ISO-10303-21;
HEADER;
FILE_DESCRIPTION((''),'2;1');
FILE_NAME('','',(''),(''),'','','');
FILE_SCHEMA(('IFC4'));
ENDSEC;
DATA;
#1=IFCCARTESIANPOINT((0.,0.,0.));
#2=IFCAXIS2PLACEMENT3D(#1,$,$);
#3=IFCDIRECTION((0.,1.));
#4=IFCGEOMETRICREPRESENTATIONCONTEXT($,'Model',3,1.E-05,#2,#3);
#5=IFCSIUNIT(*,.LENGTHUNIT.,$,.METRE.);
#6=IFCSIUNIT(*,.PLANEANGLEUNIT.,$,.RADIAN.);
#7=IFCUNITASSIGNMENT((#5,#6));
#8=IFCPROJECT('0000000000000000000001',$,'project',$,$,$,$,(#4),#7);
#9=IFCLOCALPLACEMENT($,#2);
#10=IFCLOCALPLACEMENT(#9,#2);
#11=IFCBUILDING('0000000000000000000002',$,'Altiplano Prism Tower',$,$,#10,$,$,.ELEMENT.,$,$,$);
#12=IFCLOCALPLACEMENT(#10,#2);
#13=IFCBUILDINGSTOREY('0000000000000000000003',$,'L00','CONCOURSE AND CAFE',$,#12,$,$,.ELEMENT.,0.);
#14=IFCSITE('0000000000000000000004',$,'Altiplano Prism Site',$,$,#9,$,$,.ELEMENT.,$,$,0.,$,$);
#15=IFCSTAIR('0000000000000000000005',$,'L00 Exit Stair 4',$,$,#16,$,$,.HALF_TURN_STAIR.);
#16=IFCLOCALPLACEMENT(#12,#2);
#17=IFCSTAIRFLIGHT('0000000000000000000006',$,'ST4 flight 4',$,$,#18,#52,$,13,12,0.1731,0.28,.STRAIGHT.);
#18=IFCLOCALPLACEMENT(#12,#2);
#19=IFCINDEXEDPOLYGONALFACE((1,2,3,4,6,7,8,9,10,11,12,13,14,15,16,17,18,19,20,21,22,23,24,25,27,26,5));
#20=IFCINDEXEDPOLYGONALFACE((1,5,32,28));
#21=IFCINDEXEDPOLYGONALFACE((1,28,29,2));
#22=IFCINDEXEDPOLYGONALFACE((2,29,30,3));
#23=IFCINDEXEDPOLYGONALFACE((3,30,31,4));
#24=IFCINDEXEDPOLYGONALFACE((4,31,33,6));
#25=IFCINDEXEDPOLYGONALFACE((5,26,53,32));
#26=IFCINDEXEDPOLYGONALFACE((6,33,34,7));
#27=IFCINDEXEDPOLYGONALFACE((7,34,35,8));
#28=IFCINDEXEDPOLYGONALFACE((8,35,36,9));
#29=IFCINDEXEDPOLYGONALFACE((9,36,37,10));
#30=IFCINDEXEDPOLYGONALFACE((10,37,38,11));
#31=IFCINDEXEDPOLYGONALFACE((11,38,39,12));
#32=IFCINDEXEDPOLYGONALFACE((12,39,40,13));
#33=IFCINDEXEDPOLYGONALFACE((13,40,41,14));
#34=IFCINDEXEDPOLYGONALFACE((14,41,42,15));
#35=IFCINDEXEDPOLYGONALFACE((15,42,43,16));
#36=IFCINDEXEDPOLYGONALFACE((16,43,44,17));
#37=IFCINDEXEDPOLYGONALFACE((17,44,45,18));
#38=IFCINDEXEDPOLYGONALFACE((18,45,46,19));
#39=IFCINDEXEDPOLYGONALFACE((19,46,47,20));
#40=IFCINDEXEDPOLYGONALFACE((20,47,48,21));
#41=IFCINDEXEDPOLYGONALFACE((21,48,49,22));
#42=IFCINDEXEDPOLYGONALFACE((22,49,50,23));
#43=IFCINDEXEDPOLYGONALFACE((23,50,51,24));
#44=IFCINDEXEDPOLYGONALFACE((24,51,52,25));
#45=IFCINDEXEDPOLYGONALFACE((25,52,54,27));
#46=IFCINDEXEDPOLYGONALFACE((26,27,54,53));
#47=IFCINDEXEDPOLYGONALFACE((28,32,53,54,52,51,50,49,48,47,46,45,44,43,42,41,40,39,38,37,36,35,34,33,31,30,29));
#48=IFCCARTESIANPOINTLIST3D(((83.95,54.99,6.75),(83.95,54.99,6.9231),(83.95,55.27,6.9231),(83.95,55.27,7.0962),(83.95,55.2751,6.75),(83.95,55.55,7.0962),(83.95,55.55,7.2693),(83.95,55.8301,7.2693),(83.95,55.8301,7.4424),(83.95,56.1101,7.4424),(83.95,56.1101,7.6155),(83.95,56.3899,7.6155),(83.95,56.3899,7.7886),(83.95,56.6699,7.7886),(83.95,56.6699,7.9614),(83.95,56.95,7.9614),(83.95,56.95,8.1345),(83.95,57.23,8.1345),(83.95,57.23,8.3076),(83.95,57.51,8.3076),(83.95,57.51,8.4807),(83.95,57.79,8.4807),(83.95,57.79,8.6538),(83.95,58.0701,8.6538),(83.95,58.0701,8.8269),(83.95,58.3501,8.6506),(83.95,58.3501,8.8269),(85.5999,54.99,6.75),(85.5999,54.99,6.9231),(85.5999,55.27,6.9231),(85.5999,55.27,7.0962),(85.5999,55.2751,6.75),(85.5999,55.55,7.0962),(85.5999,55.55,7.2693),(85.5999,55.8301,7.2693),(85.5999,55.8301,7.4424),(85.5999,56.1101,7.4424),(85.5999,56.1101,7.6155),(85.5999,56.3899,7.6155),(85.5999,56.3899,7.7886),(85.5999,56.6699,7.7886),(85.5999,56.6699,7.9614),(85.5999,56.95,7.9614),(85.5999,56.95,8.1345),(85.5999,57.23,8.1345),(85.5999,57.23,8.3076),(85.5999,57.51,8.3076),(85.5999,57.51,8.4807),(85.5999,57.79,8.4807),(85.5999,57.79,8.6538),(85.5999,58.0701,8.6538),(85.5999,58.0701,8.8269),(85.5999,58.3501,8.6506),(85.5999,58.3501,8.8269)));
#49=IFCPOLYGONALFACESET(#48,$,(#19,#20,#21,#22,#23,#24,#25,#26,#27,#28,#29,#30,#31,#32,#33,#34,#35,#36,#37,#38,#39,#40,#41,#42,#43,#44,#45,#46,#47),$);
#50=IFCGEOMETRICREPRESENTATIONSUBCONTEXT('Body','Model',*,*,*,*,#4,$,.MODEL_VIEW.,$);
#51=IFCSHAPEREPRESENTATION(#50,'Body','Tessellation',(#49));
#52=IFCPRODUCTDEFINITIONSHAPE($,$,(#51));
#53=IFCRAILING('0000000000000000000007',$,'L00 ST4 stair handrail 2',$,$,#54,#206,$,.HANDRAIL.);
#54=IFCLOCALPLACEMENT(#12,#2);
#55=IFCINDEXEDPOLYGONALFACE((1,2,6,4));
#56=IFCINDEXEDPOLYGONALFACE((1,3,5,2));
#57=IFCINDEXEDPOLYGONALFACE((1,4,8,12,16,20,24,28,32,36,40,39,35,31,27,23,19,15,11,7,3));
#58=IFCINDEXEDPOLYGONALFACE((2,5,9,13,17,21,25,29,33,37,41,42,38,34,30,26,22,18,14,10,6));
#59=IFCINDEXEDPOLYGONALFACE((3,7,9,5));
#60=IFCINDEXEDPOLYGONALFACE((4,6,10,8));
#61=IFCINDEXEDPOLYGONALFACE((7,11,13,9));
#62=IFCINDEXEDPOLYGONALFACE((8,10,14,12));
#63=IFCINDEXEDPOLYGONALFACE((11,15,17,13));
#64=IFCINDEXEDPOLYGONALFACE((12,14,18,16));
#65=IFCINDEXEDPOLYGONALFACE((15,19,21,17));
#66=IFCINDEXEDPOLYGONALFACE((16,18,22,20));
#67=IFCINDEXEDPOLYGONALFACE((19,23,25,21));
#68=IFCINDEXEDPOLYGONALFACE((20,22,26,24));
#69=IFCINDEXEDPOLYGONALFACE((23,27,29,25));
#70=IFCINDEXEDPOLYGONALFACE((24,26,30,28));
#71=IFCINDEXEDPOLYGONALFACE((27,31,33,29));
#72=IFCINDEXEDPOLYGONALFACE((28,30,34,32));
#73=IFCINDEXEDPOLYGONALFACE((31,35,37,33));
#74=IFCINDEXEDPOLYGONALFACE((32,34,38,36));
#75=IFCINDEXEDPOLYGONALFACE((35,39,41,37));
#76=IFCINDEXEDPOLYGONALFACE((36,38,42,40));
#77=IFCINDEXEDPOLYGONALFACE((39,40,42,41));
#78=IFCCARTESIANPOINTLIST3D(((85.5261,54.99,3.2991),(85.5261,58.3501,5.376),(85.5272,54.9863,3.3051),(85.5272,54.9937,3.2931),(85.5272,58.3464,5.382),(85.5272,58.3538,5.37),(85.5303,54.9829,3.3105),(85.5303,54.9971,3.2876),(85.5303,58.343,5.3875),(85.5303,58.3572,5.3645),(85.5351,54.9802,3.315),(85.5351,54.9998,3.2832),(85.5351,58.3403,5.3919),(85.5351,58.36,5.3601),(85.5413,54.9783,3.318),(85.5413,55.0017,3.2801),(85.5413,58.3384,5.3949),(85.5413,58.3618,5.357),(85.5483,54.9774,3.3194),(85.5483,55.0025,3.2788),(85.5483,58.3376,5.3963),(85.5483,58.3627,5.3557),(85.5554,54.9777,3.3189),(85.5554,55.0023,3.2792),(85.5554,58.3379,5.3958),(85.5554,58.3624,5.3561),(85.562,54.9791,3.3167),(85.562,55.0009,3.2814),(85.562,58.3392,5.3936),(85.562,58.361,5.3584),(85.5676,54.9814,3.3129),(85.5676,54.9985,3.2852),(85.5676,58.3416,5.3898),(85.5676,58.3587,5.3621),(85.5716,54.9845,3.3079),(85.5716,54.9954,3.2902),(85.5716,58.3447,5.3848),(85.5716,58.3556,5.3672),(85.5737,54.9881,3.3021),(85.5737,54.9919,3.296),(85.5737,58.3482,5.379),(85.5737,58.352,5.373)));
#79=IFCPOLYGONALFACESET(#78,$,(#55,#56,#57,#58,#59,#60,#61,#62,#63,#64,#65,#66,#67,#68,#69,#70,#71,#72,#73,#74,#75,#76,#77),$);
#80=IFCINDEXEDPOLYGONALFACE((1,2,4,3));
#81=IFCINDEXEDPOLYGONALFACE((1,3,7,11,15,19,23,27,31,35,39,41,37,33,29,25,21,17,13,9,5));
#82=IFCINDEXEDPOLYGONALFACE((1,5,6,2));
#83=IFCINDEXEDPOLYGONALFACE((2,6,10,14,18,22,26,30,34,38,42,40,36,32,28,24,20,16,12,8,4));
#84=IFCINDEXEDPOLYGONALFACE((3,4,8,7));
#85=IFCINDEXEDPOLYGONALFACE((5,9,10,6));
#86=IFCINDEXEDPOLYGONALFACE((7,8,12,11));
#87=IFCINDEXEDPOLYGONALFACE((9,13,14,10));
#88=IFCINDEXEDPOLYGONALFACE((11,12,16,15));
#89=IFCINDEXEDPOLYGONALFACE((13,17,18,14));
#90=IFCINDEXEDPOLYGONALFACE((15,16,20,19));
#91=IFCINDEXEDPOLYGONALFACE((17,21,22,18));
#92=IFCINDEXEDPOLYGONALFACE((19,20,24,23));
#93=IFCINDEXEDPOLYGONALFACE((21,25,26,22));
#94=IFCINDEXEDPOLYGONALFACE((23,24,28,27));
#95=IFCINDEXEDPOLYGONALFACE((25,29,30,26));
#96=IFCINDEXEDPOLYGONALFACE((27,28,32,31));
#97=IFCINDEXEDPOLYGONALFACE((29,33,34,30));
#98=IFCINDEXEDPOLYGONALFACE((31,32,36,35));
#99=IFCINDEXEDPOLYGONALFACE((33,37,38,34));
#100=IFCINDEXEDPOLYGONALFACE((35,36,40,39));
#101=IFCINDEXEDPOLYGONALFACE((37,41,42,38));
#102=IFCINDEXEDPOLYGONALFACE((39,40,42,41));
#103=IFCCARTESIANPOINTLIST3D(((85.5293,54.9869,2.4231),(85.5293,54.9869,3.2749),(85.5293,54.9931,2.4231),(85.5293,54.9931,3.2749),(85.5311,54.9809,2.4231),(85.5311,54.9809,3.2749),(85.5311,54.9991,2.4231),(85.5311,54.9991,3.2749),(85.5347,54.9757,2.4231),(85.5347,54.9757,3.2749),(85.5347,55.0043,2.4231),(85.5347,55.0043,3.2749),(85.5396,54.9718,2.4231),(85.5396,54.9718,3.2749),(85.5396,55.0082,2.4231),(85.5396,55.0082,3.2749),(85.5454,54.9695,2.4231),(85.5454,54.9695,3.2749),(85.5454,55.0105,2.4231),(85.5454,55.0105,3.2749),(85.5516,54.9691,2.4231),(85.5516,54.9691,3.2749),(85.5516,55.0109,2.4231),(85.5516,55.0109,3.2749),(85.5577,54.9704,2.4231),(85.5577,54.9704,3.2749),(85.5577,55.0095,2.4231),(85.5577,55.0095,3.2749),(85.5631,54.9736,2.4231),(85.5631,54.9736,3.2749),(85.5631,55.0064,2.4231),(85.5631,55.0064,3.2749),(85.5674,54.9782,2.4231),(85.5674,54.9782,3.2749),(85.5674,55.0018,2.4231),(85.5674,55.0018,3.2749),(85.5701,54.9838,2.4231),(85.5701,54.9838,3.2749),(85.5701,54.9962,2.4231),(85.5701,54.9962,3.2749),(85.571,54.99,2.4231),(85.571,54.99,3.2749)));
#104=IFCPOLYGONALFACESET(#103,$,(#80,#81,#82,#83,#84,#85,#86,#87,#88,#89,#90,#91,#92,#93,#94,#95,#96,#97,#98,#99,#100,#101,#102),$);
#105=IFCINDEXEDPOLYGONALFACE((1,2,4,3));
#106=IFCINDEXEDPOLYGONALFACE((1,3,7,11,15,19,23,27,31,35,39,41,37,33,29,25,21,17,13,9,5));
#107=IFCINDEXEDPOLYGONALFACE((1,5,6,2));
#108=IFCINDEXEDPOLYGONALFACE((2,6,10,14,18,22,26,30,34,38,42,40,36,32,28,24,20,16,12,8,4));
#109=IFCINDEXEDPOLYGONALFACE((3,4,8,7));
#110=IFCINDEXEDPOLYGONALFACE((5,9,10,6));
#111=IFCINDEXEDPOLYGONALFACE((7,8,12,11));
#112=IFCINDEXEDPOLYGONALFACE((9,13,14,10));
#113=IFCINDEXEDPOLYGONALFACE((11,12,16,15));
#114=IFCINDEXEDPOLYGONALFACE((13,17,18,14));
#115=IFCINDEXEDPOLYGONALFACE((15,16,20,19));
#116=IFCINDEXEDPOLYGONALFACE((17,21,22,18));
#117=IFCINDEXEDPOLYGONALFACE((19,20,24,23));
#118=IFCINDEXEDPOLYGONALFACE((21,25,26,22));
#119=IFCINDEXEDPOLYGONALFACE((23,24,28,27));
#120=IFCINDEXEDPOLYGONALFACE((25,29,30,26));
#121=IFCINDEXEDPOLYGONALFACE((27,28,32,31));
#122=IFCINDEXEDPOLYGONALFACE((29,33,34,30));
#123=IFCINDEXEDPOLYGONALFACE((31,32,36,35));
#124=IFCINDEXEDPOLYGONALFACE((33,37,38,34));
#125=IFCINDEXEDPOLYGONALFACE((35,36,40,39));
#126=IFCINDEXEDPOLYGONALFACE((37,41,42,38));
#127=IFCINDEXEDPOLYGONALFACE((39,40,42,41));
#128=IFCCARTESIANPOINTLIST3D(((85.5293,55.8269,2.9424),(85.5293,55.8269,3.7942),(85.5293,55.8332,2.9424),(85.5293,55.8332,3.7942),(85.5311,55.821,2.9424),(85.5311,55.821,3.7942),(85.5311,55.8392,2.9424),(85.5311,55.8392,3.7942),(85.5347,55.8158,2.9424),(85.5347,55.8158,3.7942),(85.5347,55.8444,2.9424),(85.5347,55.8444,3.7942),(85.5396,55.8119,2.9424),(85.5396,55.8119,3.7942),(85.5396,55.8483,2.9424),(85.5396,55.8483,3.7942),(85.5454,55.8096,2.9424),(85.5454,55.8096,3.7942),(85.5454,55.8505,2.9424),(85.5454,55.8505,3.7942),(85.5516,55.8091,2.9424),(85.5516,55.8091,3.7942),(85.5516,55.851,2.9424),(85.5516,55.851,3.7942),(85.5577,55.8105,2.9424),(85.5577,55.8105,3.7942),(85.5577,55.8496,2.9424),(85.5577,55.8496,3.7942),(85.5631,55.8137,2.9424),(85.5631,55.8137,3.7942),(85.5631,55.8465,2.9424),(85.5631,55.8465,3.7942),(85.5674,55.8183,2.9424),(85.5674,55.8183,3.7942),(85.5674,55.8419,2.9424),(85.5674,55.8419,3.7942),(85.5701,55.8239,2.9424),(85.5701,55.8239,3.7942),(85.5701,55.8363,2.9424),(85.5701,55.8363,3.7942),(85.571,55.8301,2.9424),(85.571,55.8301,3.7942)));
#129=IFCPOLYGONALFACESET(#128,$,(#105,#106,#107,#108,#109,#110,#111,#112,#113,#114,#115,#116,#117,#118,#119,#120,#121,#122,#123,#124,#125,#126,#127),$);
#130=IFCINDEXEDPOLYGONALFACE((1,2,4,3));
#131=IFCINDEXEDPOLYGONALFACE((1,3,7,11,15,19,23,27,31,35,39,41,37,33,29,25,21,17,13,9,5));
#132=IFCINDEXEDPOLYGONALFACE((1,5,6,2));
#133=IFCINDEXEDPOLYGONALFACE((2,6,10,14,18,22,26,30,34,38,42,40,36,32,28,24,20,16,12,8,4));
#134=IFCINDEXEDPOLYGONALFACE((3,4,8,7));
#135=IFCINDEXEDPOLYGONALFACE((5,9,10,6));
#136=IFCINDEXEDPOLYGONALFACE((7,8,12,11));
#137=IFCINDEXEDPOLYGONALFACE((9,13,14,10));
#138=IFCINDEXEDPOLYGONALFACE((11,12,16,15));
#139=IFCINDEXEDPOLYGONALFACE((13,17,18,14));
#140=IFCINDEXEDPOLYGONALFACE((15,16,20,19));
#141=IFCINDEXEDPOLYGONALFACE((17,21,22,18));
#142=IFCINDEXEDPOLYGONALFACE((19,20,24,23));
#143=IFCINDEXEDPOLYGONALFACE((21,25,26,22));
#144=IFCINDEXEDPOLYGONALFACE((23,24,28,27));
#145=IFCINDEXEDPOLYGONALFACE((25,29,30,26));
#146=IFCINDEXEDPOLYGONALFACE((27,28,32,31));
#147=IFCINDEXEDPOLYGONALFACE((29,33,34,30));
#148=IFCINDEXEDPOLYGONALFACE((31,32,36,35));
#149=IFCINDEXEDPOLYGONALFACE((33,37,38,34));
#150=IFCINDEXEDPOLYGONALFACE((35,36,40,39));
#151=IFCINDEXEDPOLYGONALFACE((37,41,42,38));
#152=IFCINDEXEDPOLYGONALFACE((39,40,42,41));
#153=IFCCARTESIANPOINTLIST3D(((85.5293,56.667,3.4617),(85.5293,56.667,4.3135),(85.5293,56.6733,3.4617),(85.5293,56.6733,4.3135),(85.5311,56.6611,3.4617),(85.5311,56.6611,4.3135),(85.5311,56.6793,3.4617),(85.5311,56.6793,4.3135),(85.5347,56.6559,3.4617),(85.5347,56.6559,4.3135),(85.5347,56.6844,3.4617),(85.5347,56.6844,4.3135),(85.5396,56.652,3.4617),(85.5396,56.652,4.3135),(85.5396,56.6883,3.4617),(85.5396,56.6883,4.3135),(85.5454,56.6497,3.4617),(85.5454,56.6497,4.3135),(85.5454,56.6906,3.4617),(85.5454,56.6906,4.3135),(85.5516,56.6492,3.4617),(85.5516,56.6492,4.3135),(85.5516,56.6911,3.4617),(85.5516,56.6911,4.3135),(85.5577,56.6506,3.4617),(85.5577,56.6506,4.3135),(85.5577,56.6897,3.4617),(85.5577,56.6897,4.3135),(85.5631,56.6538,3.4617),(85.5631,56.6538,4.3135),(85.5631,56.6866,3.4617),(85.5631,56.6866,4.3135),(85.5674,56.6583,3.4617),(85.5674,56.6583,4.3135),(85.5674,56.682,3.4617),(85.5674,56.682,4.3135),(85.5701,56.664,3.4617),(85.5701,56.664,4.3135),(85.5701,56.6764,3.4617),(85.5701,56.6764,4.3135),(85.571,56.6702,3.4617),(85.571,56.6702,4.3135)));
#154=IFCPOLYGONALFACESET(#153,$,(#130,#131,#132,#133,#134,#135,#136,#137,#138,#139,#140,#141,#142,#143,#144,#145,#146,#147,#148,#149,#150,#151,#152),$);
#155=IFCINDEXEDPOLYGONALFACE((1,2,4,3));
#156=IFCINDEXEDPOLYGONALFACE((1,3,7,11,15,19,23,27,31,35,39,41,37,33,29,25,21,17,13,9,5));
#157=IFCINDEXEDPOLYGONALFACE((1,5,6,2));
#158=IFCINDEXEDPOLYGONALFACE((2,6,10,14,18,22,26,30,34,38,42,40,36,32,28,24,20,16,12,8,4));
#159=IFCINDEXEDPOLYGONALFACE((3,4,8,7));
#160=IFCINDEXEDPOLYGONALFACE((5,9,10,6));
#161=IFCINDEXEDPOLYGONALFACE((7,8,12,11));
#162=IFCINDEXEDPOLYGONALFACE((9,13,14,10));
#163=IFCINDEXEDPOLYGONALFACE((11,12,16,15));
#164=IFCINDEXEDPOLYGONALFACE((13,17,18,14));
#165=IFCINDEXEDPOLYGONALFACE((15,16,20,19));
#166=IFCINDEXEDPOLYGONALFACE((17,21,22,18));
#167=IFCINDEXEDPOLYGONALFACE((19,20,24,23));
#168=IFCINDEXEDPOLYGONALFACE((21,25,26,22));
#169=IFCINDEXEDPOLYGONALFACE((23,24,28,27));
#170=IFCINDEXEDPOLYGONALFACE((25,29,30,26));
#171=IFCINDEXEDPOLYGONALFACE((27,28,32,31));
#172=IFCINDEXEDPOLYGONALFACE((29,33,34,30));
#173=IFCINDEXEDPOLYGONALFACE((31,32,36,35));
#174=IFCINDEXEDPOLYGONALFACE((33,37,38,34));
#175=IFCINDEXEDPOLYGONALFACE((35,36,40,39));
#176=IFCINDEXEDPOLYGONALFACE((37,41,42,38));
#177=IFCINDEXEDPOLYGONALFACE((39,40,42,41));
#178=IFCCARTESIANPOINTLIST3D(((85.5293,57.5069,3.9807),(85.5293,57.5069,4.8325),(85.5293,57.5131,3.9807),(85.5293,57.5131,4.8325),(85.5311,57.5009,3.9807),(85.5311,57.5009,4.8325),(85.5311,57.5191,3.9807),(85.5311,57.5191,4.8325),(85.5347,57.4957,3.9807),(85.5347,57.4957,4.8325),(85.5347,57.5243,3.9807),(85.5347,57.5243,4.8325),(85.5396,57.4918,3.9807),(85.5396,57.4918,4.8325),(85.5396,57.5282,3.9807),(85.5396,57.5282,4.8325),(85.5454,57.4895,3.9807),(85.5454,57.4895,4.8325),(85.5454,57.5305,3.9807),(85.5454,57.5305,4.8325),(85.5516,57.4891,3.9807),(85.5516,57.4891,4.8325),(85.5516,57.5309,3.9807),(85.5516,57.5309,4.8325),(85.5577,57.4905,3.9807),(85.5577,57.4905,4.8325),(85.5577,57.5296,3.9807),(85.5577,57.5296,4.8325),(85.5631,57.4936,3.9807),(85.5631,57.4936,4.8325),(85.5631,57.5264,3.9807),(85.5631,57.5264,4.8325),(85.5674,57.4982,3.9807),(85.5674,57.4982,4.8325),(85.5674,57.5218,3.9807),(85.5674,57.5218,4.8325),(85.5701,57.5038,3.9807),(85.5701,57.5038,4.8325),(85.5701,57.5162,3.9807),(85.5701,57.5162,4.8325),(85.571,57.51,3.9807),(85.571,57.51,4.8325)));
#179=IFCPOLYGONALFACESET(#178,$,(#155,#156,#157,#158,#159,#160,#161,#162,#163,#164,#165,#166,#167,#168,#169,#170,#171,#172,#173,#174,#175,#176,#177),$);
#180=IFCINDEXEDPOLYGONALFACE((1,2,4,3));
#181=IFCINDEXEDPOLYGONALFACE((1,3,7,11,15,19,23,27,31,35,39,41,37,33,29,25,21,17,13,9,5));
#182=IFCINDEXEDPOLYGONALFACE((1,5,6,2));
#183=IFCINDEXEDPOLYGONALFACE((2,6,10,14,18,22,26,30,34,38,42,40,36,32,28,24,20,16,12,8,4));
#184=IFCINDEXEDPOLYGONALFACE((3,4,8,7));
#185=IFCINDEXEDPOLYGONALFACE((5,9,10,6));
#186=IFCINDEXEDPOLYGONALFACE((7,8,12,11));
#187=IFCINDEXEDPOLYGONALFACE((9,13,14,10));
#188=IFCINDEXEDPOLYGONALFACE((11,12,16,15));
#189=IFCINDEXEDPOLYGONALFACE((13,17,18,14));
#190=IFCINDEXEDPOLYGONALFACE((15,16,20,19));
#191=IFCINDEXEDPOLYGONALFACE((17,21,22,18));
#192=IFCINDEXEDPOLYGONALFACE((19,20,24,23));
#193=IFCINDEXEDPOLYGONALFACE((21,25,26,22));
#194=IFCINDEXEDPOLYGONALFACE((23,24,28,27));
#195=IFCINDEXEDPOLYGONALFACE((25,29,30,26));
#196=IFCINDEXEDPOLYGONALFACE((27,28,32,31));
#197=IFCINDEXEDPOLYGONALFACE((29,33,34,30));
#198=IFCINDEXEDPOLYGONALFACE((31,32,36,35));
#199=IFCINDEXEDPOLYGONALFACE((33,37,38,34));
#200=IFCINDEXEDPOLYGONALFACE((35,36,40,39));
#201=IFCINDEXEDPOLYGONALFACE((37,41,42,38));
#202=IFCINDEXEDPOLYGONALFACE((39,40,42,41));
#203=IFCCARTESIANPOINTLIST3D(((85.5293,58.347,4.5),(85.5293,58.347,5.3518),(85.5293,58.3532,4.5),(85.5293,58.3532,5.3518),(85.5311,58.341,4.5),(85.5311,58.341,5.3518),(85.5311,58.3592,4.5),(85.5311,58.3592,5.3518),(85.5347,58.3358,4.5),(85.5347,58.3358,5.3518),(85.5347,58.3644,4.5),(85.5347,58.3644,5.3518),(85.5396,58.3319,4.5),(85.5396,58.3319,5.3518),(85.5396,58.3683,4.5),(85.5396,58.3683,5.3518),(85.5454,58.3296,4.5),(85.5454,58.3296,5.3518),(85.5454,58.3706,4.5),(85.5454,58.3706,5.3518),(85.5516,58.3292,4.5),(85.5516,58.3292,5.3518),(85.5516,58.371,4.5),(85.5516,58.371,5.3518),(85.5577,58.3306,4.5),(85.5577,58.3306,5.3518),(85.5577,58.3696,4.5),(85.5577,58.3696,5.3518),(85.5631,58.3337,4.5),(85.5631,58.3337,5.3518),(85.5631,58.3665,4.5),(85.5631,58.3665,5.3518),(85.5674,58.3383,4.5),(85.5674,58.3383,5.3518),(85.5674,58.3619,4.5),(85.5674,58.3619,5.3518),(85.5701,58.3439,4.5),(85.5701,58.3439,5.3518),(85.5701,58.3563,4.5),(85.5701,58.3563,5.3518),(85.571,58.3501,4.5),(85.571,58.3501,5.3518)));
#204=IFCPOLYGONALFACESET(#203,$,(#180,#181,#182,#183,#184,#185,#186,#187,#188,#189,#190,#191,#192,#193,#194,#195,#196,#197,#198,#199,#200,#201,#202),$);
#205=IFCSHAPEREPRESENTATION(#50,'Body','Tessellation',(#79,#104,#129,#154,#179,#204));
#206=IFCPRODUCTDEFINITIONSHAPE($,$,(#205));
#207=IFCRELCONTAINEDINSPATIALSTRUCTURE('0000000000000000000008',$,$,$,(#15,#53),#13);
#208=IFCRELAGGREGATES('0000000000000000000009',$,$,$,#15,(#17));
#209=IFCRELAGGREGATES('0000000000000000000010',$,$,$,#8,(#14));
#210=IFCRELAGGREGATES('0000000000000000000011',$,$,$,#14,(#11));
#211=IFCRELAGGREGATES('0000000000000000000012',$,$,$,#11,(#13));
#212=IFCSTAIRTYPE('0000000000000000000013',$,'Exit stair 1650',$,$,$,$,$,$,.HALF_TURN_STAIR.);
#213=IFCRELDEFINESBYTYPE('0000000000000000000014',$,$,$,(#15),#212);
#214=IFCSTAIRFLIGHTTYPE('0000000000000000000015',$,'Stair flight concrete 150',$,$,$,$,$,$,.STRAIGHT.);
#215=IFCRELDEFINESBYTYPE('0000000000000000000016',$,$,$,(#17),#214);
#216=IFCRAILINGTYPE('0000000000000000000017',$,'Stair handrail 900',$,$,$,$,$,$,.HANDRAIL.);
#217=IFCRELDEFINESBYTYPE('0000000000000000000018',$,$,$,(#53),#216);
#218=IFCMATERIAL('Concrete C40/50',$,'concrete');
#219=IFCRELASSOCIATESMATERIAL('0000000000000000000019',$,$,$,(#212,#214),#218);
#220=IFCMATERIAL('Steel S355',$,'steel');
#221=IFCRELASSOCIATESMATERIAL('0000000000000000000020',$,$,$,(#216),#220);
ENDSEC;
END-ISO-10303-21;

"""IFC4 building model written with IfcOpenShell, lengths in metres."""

from ifc_helpers import new_model, si_unit, direction, frame, origin, origin_2d, place, context, subcontext, project, spatial, polyline, circle, outline, extrude, material, type_object, element, aggregate, save


model = new_model("IFC4")

# Units and contexts
model_context = context("Model", 3, precision=1e-05, world=origin(), true_north=direction((0.0, 1.0)))
body_context = subcontext(model_context, "Body", "Model", "MODEL_VIEW")
ifc_project = project(units=[si_unit("LENGTHUNIT", "METRE"), si_unit("PLANEANGLEUNIT", "RADIAN")], contexts=[model_context])

# Site, building, storey
site_placement = place(None, origin())
site = spatial("IfcSite", under=ifc_project, at=site_placement, Name="Altiplano Prism Site", CompositionType="ELEMENT", RefElevation=0.0)
building_placement = place(site_placement, origin())
building = spatial("IfcBuilding", under=site, at=building_placement, Name="Altiplano Prism Tower", CompositionType="ELEMENT")
storey_placement = place(building_placement, origin())
storey = spatial("IfcBuildingStorey", under=building, at=storey_placement, Name="L00", Description="CONCOURSE AND CAFE", CompositionType="ELEMENT", Elevation=0.0)

# Stair, stair flight
ifc_material_1 = material(Name="Concrete C40/50", Category="concrete")
stair_type = type_object("IfcStairType", Name="Exit stair 1650", PredefinedType="HALF_TURN_STAIR", material=ifc_material_1)
stair_placement = place(storey_placement, origin())
stair = element("IfcStair", 1, at=stair_placement, inside=storey, type_object=stair_type, Name="L00 Exit Stair 4", PredefinedType="HALF_TURN_STAIR")
stair_flight_type = type_object("IfcStairFlightType", Name="Stair flight concrete 150", PredefinedType="STRAIGHT", material=ifc_material_1)
stair_flight_1_placement = place(storey_placement, frame((84.7749, 54.99, 6.75), z_axis=(0.0, 0.0, 1.0), x_axis=(0.0, 1.0, 0.0)))
stair_flight_1 = element("IfcStairFlight", 2, at=stair_flight_1_placement, type_object=stair_flight_type, Name="ST4 flight 4", NumberOfRisers=13, NumberOfTreads=12, PredefinedType="STRAIGHT", RiserHeight=0.1731, TreadLength=0.28, context=body_context, shape_type="SweptSolid", body=[
    extrude(outline(polyline([(0.0, 0.0), (0.0, 0.1731), (0.28, 0.1731), (0.28, 0.3462), (0.5601, 0.3462), (0.5601, 0.5193), (0.8401, 0.5193), (0.8401, 0.6924), (1.1201, 0.6924), (1.1201, 0.8655), (1.3999, 0.8655), (1.3999, 1.0386), (1.6799, 1.0386), (1.6799, 1.2114), (1.96, 1.2114), (1.96, 1.3845), (2.24, 1.3845), (2.24, 1.5576), (2.52, 1.5576), (2.52, 1.7307), (2.8, 1.7307), (2.8, 1.9038), (3.0801, 1.9038), (3.0801, 2.0769), (3.3601, 2.0769), (3.3601, 2.25), (3.3601, 1.9006), (0.2852, 0.0), (0.0, 0.0)])), frame((0.0, 0.825, 0.0), z_axis=(0.0, -1.0, 0.0), x_axis=(1.0, 0.0, 0.0)), (0.0, 0.0, 1.0), 1.6499),
])
aggregate(stair, [stair_flight_1])

# Railing
ifc_material_2 = material(Name="Steel S355", Category="steel")
railing_type_1 = type_object("IfcRailingType", Name="Stair handrail 900", PredefinedType="HANDRAIL", material=ifc_material_2)
for number, where, name in (
    (3, (85.55, 54.99, 2.4231), "L00 ST4 stair handrail 2"),
):
    element("IfcRailing", number, at=place(storey_placement, frame(where)), inside=storey, type_object=railing_type_1, Name=name, PredefinedType="HANDRAIL", context=body_context, shape_type="SweptSolid", body=[
        extrude(circle(Radius=0.0239, at=origin_2d()), frame((0.0, 0.0, 0.876), z_axis=(0.0, 0.850623, 0.525776), x_axis=(-1.0, 0.0, 0.0)), (0.0, 0.0, 1.0), 3.9502),
        extrude(circle(Radius=0.021, at=origin_2d()), origin(), (0.0, 0.0, 1.0), 0.8518),
        extrude(circle(Radius=0.021, at=origin_2d()), frame((0.0, 0.8401, 0.5193)), (0.0, 0.0, 1.0), 0.8518),
        extrude(circle(Radius=0.021, at=origin_2d()), frame((0.0, 1.6802, 1.0386)), (0.0, 0.0, 1.0), 0.8518),
        extrude(circle(Radius=0.021, at=origin_2d()), frame((0.0, 2.52, 1.5576)), (0.0, 0.0, 1.0), 0.8518),
        extrude(circle(Radius=0.021, at=origin_2d()), frame((0.0, 3.3601, 2.0769)), (0.0, 0.0, 1.0), 0.8518),
    ])

save(model, "model.ifc")
